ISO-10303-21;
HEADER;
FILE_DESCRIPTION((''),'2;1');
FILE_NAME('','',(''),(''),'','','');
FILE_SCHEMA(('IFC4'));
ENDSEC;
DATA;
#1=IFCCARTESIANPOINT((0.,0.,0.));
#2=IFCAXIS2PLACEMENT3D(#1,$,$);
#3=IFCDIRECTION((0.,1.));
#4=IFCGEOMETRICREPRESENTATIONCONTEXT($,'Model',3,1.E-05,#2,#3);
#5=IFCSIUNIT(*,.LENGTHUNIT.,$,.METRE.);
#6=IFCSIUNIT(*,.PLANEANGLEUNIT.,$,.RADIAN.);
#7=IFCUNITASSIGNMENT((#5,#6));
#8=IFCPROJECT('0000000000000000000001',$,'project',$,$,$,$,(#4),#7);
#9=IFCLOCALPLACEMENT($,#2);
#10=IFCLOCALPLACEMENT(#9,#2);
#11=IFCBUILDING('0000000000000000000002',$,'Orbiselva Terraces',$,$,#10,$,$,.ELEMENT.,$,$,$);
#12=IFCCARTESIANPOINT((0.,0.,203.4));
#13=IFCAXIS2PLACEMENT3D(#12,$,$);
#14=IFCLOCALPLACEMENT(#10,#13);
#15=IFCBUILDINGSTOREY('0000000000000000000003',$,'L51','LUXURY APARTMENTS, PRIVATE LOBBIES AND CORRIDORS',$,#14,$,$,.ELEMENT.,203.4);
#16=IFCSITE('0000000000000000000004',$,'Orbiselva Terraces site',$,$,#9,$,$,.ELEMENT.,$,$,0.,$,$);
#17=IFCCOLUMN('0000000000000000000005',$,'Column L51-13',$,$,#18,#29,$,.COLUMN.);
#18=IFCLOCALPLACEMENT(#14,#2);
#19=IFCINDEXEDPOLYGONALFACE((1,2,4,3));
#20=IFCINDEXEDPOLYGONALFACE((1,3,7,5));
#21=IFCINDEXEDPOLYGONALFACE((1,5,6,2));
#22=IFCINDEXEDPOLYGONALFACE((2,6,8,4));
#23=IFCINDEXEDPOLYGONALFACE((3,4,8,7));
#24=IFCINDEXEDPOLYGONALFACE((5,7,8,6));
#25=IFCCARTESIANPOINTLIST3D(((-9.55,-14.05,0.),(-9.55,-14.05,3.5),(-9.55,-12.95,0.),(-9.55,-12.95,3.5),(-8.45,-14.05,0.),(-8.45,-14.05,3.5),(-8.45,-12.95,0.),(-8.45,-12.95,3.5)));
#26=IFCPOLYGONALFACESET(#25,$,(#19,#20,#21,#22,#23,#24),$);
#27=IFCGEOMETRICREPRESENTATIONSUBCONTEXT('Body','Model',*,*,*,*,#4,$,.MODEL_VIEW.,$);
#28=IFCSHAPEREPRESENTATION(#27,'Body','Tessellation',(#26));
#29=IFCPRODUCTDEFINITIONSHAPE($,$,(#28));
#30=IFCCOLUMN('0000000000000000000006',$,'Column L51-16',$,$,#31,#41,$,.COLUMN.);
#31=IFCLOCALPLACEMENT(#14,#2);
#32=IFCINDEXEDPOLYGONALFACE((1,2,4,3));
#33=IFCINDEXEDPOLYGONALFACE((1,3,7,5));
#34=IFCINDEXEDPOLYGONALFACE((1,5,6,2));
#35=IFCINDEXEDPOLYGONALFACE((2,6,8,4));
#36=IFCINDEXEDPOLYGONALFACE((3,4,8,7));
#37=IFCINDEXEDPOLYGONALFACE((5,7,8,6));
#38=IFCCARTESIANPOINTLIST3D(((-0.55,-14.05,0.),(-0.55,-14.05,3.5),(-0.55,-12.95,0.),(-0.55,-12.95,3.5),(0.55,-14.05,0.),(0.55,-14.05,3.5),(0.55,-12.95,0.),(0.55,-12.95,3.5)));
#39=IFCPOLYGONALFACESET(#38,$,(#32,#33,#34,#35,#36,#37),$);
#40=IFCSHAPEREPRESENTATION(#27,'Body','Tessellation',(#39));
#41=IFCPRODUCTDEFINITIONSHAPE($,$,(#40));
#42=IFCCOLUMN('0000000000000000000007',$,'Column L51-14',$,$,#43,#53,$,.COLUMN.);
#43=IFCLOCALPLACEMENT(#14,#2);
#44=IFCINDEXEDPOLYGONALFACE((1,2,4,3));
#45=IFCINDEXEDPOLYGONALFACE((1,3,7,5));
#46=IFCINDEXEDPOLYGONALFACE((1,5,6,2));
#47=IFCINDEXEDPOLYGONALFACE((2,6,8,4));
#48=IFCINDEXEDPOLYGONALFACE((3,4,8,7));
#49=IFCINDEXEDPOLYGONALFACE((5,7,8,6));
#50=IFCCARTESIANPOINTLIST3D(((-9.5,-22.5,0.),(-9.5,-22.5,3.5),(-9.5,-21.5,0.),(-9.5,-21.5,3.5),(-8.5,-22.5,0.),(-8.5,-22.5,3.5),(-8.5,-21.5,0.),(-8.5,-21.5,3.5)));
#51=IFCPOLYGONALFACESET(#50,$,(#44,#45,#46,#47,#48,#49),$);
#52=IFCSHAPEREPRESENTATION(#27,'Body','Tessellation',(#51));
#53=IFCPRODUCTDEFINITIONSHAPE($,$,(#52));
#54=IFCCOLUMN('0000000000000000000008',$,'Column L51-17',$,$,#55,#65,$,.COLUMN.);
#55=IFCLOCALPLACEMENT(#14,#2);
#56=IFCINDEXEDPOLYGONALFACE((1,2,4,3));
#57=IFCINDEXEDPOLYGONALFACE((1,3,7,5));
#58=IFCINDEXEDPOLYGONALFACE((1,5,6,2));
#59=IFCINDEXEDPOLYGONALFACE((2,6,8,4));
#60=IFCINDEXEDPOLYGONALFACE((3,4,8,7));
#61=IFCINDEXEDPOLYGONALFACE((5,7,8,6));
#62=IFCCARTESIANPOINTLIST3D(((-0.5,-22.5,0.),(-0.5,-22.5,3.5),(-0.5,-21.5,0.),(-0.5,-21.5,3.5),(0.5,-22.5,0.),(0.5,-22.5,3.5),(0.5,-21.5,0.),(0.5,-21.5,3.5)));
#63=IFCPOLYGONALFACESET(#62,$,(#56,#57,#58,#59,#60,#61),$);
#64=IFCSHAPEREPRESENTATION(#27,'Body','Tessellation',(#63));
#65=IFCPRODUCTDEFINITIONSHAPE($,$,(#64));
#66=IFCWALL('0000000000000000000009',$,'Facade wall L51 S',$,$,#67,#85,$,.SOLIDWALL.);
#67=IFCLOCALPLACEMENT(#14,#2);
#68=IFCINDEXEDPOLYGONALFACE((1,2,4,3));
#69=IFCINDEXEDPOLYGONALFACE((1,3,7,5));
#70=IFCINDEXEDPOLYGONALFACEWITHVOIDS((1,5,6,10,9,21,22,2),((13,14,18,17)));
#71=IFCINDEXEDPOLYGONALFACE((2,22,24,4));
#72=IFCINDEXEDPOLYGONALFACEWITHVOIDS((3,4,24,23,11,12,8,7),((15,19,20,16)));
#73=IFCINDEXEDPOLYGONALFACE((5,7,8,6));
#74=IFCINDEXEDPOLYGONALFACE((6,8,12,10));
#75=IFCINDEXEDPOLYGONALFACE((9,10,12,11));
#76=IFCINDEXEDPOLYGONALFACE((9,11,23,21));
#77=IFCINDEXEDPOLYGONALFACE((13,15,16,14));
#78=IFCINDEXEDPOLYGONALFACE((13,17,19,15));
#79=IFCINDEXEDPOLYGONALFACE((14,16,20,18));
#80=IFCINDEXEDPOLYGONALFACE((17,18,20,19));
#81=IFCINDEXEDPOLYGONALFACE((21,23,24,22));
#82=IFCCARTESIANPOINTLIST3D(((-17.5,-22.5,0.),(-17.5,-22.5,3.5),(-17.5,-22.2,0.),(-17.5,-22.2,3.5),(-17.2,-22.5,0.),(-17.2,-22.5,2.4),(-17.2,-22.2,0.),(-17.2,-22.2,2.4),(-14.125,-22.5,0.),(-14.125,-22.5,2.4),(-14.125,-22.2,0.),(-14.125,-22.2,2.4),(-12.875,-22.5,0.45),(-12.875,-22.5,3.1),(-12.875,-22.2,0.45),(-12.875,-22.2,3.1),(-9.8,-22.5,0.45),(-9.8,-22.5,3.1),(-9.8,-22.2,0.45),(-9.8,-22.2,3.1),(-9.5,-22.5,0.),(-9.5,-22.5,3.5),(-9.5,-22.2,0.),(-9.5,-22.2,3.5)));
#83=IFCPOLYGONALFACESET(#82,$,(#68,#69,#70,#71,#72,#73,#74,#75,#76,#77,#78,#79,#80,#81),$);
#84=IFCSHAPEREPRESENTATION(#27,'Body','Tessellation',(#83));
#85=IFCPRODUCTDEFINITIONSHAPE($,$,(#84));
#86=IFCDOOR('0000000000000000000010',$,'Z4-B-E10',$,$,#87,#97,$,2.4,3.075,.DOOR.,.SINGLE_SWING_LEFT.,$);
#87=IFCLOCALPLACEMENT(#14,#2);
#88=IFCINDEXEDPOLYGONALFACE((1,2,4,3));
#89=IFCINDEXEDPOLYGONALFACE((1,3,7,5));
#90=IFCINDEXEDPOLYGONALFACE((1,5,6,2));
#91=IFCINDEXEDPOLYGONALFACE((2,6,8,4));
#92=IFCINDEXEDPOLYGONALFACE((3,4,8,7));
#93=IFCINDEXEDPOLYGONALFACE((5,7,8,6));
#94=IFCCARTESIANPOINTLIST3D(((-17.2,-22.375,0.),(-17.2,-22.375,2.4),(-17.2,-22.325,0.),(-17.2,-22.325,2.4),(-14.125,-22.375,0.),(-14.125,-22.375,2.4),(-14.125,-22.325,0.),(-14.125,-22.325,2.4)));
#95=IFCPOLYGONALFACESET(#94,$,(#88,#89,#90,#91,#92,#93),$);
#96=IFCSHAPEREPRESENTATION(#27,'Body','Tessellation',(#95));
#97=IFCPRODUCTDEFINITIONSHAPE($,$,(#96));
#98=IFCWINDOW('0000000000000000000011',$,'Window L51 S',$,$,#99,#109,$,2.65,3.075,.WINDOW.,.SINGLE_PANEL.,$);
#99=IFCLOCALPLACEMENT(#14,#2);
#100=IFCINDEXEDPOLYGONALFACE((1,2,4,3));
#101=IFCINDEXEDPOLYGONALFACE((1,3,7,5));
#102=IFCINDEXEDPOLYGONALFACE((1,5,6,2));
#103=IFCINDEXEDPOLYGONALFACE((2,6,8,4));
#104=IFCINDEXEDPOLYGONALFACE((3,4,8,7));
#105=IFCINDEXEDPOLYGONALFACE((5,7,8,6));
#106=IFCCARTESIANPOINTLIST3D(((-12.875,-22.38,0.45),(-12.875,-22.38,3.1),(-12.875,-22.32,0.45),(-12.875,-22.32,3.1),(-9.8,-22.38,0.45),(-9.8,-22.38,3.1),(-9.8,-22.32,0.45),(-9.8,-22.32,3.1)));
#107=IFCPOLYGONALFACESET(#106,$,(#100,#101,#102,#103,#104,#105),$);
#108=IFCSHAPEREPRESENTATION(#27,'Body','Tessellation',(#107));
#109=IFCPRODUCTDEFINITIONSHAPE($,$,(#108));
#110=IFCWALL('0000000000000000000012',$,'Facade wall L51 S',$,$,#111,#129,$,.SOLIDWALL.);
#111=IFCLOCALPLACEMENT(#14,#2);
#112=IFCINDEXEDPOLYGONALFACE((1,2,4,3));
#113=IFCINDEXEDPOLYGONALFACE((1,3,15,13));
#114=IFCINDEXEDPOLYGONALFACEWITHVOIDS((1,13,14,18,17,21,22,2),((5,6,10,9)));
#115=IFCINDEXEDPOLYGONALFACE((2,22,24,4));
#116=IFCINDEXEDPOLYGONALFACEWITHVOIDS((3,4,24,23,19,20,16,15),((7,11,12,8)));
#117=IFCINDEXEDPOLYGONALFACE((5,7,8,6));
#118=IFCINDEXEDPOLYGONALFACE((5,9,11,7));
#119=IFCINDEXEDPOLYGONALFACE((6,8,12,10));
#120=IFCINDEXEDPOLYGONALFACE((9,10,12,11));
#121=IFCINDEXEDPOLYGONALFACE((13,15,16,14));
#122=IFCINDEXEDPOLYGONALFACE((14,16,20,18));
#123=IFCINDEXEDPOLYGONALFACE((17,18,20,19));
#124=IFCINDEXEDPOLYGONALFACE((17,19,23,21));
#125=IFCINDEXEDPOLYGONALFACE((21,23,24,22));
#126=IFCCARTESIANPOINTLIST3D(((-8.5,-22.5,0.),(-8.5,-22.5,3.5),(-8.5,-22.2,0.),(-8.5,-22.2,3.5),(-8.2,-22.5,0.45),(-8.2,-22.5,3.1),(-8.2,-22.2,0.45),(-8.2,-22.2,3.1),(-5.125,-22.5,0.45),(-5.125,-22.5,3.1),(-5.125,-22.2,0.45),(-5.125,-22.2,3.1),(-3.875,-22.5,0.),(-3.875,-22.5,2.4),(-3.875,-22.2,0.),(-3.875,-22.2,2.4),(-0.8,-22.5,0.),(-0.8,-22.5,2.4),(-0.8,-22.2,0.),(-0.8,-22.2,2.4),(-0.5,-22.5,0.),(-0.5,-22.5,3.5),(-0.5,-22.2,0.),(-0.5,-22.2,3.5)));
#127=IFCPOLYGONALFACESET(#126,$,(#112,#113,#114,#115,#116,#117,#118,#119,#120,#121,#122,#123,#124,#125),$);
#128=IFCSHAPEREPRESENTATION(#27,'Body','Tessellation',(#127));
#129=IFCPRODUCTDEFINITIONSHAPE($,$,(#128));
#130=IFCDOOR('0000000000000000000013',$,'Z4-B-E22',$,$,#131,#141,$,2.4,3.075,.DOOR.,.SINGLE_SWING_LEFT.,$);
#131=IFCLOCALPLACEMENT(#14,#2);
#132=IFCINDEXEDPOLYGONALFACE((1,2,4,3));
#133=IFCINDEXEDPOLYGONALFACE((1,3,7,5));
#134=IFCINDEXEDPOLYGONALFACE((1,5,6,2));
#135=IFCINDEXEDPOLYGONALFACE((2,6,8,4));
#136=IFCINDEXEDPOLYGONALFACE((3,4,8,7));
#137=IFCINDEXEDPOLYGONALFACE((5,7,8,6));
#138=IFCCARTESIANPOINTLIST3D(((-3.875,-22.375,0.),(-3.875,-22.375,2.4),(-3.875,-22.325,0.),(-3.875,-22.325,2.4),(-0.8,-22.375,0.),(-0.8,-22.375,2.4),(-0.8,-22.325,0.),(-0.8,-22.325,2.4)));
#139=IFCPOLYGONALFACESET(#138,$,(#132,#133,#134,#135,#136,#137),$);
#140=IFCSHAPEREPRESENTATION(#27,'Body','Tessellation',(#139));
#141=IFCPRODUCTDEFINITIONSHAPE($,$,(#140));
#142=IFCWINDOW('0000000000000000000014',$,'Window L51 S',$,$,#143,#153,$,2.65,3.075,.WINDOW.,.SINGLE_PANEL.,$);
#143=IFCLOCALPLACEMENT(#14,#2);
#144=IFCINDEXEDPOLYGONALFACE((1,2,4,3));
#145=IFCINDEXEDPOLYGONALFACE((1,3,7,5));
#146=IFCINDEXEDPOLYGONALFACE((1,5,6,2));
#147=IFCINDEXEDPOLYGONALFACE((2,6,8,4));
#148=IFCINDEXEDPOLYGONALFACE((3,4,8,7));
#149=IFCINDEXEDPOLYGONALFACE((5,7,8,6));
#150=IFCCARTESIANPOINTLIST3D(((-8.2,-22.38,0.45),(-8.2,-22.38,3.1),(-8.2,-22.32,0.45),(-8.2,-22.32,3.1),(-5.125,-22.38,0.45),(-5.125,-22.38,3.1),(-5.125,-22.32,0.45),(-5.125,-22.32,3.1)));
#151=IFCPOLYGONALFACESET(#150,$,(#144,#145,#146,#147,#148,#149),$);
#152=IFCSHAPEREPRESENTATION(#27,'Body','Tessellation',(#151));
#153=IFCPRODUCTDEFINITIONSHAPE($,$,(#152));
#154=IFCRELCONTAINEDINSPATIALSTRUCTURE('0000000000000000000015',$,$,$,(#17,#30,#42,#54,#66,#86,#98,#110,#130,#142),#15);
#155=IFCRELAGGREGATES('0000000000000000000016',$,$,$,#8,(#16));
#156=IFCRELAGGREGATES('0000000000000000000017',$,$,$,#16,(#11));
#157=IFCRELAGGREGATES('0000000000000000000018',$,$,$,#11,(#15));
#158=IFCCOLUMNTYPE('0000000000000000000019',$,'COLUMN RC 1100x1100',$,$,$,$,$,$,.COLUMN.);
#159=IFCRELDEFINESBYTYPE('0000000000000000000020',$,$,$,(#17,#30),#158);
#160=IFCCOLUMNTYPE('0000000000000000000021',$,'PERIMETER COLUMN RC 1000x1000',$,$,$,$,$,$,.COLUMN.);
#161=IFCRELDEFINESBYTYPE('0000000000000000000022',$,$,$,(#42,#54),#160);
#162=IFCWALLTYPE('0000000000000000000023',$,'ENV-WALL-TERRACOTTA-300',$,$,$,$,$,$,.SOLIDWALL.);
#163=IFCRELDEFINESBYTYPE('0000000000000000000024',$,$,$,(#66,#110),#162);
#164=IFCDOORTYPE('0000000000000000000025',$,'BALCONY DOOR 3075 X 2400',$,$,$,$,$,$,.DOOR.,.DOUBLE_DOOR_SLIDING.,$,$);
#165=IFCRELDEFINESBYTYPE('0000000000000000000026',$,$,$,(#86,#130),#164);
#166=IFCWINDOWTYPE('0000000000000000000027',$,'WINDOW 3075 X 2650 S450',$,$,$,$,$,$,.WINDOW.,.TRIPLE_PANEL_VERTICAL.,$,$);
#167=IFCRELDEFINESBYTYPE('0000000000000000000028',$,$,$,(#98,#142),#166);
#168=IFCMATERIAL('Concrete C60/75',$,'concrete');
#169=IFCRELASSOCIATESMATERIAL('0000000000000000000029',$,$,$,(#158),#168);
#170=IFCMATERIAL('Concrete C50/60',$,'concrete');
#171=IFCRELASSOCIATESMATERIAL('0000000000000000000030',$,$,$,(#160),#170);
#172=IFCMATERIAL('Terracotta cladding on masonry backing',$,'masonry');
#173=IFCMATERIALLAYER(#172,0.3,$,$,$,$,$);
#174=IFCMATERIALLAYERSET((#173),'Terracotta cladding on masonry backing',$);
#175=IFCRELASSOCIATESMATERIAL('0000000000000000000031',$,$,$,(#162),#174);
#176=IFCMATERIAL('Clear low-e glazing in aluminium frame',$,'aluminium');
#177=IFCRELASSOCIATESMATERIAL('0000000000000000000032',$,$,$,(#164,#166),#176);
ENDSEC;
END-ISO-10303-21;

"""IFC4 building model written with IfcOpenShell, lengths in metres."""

from ifc_helpers import new_model, si_unit, direction, frame, frame_2d, origin, origin_2d, place, context, subcontext, project, spatial, rectangle, extrude, material, layer, layer_set, material_profile, profile_set, type_object, element, fill, save


model = new_model("IFC4")

# Units and contexts
model_context = context("Model", 3, precision=1e-05, world=origin(), true_north=direction((0.0, 1.0)))
body_context = subcontext(model_context, "Body", "Model", "MODEL_VIEW")
ifc_project = project(units=[si_unit("LENGTHUNIT", "METRE"), si_unit("PLANEANGLEUNIT", "RADIAN")], contexts=[model_context])

# Site, building, storey
site_placement = place(None, origin())
site = spatial("IfcSite", under=ifc_project, at=site_placement, Name="Orbiselva Terraces site", CompositionType="ELEMENT", RefElevation=0.0)
building_placement = place(site_placement, origin())
building = spatial("IfcBuilding", under=site, at=building_placement, Name="Orbiselva Terraces", CompositionType="ELEMENT")
storey_placement = place(building_placement, frame((0.0, 0.0, 203.4)))
storey = spatial("IfcBuildingStorey", under=building, at=storey_placement, Name="L51", Description="LUXURY APARTMENTS, PRIVATE LOBBIES AND CORRIDORS", CompositionType="ELEMENT", Elevation=203.4)

# Columns
ifc_material_1 = material(Name="Concrete C60/75", Category="concrete")
ifc_material_profile_1 = material_profile(ifc_material_1, rectangle(XDim=1.1, YDim=1.1, at=origin_2d()), Name="RC 1100x1100")
ifc_profile_set_1 = profile_set([ifc_material_profile_1], Name="Concrete C60/75")
column_type_1 = type_object("IfcColumnType", Name="COLUMN RC 1100x1100", PredefinedType="COLUMN", material=ifc_profile_set_1)
for number, where, z_axis, x_axis, name in (
    (1, (-9.0, -13.5, 0.0), (0.0, 0.0, 1.0), (1.0, 0.0, 0.0), "Column L51-13"),
    (2, (0.0, -13.5, 0.0), (0.0, 0.0, 1.0), (1.0, 0.0, 0.0), "Column L51-16"),
):
    element("IfcColumn", number, at=place(storey_placement, frame(where, z_axis=z_axis, x_axis=x_axis)), inside=storey, type_object=column_type_1, Name=name, PredefinedType="COLUMN", context=body_context, shape_type="SweptSolid", body=[
        extrude(rectangle(XDim=1.1, YDim=1.1, at=origin_2d()), origin(), (0.0, 0.0, 1.0), 3.5),
    ])
ifc_material_2 = material(Name="Concrete C50/60", Category="concrete")
ifc_material_profile_2 = material_profile(ifc_material_2, rectangle(XDim=1.0, YDim=1.0, at=origin_2d()), Name="RC 1000x1000")
ifc_profile_set_2 = profile_set([ifc_material_profile_2], Name="Concrete C50/60")
column_type_2 = type_object("IfcColumnType", Name="PERIMETER COLUMN RC 1000x1000", PredefinedType="COLUMN", material=ifc_profile_set_2)
for number, where, z_axis, x_axis, name in (
    (3, (-9.0, -22.0, 0.0), (0.0, 0.0, 1.0), (1.0, 0.0, 0.0), "Column L51-14"),
    (4, (0.0, -22.0, 0.0), (0.0, 0.0, 1.0), (1.0, 0.0, 0.0), "Column L51-17"),
):
    element("IfcColumn", number, at=place(storey_placement, frame(where, z_axis=z_axis, x_axis=x_axis)), inside=storey, type_object=column_type_2, Name=name, PredefinedType="COLUMN", context=body_context, shape_type="SweptSolid", body=[
        extrude(rectangle(XDim=1.0, YDim=1.0, at=origin_2d()), origin(), (0.0, 0.0, 1.0), 3.5),
    ])

# Walls, openings, doors, windows
ifc_material_3 = material(Name="Terracotta cladding on masonry backing", Category="masonry")
ifc_layer_1 = layer(ifc_material_3, 0.3)
ifc_layer_set_1 = layer_set([ifc_layer_1], Name="Terracotta cladding on masonry backing")
wall_type_1 = type_object("IfcWallType", Name="ENV-WALL-TERRACOTTA-300", PredefinedType="SOLIDWALL", material=ifc_layer_set_1)
wall_1_placement = place(storey_placement, frame((-9.5, -22.35, 0.0), z_axis=(0.0, 0.0, 1.0), x_axis=(-1.0, 0.0, 0.0)))
wall_1 = element("IfcWall", 5, at=wall_1_placement, inside=storey, type_object=wall_type_1, Name="Facade wall L51 S", PredefinedType="SOLIDWALL", context=body_context, shape_type="SweptSolid", body=[
    extrude(rectangle(XDim=8.0, YDim=0.3, at=frame_2d((4.0, 0.0))), origin(), (0.0, 0.0, 1.0), 3.5),
])
opening_1_placement = place(wall_1_placement, frame((4.625, 0.0, 0.0)))
opening_1 = element("IfcOpeningElement", 6, at=opening_1_placement, cuts=wall_1, PredefinedType="OPENING", context=body_context, shape_type="SweptSolid", body=[
    extrude(rectangle(XDim=3.075, YDim=2.4, at=frame_2d((1.5375, 1.2))), frame((0.0, 0.16, 0.0), z_axis=(0.0, -1.0, 0.0), x_axis=(1.0, 0.0, 0.0)), (0.0, 0.0, 1.0), 0.32),
])
opening_2_placement = place(wall_1_placement, frame((0.3, 0.0, 0.45)))
opening_2 = element("IfcOpeningElement", 7, at=opening_2_placement, cuts=wall_1, PredefinedType="OPENING", context=body_context, shape_type="SweptSolid", body=[
    extrude(rectangle(XDim=3.075, YDim=2.65, at=frame_2d((1.5375, 1.325))), frame((0.0, 0.16, 0.0), z_axis=(0.0, -1.0, 0.0), x_axis=(1.0, 0.0, 0.0)), (0.0, 0.0, 1.0), 0.32),
])
ifc_material_4 = material(Name="Clear low-e glazing in aluminium frame", Category="aluminium")
door_type_1 = type_object("IfcDoorType", Name="BALCONY DOOR 3075 X 2400", OperationType="DOUBLE_DOOR_SLIDING", PredefinedType="DOOR", material=ifc_material_4)
door_1_placement = place(opening_1_placement, origin())
door_1 = element("IfcDoor", 8, at=door_1_placement, inside=storey, type_object=door_type_1, Name="Z4-B-E10", OperationType="SINGLE_SWING_LEFT", OverallHeight=2.4, OverallWidth=3.075, PredefinedType="DOOR", context=body_context, shape_type="SweptSolid", body=[
    extrude(rectangle(XDim=3.075, YDim=2.4, at=frame_2d((1.5375, 1.2))), frame((0.0, 0.025, 0.0), z_axis=(0.0, -1.0, 0.0), x_axis=(1.0, 0.0, 0.0)), (0.0, 0.0, 1.0), 0.05),
])
fill(opening_1, door_1)
window_type = type_object("IfcWindowType", Name="WINDOW 3075 X 2650 S450", PartitioningType="TRIPLE_PANEL_VERTICAL", PredefinedType="WINDOW", material=ifc_material_4)
window_1_placement = place(opening_2_placement, origin())
window_1 = element("IfcWindow", 9, at=window_1_placement, inside=storey, type_object=window_type, Name="Window L51 S", OverallHeight=2.65, OverallWidth=3.075, PartitioningType="SINGLE_PANEL", PredefinedType="WINDOW", context=body_context, shape_type="SweptSolid", body=[
    extrude(rectangle(XDim=3.075, YDim=2.65, at=frame_2d((1.5375, 1.325))), frame((0.0, 0.03, 0.0), z_axis=(0.0, -1.0, 0.0), x_axis=(1.0, 0.0, 0.0)), (0.0, 0.0, 1.0), 0.06),
])
fill(opening_2, window_1)
wall_2_placement = place(storey_placement, frame((-0.5, -22.35, 0.0), z_axis=(0.0, 0.0, 1.0), x_axis=(-1.0, 0.0, 0.0)))
wall_2 = element("IfcWall", 10, at=wall_2_placement, inside=storey, type_object=wall_type_1, Name="Facade wall L51 S", PredefinedType="SOLIDWALL", context=body_context, shape_type="SweptSolid", body=[
    extrude(rectangle(XDim=8.0, YDim=0.3, at=frame_2d((4.0, 0.0))), origin(), (0.0, 0.0, 1.0), 3.5),
])
opening_3_placement = place(wall_2_placement, frame((4.625, 0.0, 0.45)))
opening_3 = element("IfcOpeningElement", 11, at=opening_3_placement, cuts=wall_2, PredefinedType="OPENING", context=body_context, shape_type="SweptSolid", body=[
    extrude(rectangle(XDim=3.075, YDim=2.65, at=frame_2d((1.5375, 1.325))), frame((0.0, 0.16, 0.0), z_axis=(0.0, -1.0, 0.0), x_axis=(1.0, 0.0, 0.0)), (0.0, 0.0, 1.0), 0.32),
])
opening_4_placement = place(wall_2_placement, frame((0.3, 0.0, 0.0)))
opening_4 = element("IfcOpeningElement", 12, at=opening_4_placement, cuts=wall_2, PredefinedType="OPENING", context=body_context, shape_type="SweptSolid", body=[
    extrude(rectangle(XDim=3.075, YDim=2.4, at=frame_2d((1.5375, 1.2))), frame((0.0, 0.16, 0.0), z_axis=(0.0, -1.0, 0.0), x_axis=(1.0, 0.0, 0.0)), (0.0, 0.0, 1.0), 0.32),
])
door_2_placement = place(opening_4_placement, origin())
door_2 = element("IfcDoor", 13, at=door_2_placement, inside=storey, type_object=door_type_1, Name="Z4-B-E22", OperationType="SINGLE_SWING_LEFT", OverallHeight=2.4, OverallWidth=3.075, PredefinedType="DOOR", context=body_context, shape_type="SweptSolid", body=[
    extrude(rectangle(XDim=3.075, YDim=2.4, at=frame_2d((1.5375, 1.2))), frame((0.0, 0.025, 0.0), z_axis=(0.0, -1.0, 0.0), x_axis=(1.0, 0.0, 0.0)), (0.0, 0.0, 1.0), 0.05),
])
fill(opening_4, door_2)
window_2_placement = place(opening_3_placement, origin())
window_2 = element("IfcWindow", 14, at=window_2_placement, inside=storey, type_object=window_type, Name="Window L51 S", OverallHeight=2.65, OverallWidth=3.075, PartitioningType="SINGLE_PANEL", PredefinedType="WINDOW", context=body_context, shape_type="SweptSolid", body=[
    extrude(rectangle(XDim=3.075, YDim=2.65, at=frame_2d((1.5375, 1.325))), frame((0.0, 0.03, 0.0), z_axis=(0.0, -1.0, 0.0), x_axis=(1.0, 0.0, 0.0)), (0.0, 0.0, 1.0), 0.06),
])
fill(opening_3, window_2)

save(model, "model.ifc")
